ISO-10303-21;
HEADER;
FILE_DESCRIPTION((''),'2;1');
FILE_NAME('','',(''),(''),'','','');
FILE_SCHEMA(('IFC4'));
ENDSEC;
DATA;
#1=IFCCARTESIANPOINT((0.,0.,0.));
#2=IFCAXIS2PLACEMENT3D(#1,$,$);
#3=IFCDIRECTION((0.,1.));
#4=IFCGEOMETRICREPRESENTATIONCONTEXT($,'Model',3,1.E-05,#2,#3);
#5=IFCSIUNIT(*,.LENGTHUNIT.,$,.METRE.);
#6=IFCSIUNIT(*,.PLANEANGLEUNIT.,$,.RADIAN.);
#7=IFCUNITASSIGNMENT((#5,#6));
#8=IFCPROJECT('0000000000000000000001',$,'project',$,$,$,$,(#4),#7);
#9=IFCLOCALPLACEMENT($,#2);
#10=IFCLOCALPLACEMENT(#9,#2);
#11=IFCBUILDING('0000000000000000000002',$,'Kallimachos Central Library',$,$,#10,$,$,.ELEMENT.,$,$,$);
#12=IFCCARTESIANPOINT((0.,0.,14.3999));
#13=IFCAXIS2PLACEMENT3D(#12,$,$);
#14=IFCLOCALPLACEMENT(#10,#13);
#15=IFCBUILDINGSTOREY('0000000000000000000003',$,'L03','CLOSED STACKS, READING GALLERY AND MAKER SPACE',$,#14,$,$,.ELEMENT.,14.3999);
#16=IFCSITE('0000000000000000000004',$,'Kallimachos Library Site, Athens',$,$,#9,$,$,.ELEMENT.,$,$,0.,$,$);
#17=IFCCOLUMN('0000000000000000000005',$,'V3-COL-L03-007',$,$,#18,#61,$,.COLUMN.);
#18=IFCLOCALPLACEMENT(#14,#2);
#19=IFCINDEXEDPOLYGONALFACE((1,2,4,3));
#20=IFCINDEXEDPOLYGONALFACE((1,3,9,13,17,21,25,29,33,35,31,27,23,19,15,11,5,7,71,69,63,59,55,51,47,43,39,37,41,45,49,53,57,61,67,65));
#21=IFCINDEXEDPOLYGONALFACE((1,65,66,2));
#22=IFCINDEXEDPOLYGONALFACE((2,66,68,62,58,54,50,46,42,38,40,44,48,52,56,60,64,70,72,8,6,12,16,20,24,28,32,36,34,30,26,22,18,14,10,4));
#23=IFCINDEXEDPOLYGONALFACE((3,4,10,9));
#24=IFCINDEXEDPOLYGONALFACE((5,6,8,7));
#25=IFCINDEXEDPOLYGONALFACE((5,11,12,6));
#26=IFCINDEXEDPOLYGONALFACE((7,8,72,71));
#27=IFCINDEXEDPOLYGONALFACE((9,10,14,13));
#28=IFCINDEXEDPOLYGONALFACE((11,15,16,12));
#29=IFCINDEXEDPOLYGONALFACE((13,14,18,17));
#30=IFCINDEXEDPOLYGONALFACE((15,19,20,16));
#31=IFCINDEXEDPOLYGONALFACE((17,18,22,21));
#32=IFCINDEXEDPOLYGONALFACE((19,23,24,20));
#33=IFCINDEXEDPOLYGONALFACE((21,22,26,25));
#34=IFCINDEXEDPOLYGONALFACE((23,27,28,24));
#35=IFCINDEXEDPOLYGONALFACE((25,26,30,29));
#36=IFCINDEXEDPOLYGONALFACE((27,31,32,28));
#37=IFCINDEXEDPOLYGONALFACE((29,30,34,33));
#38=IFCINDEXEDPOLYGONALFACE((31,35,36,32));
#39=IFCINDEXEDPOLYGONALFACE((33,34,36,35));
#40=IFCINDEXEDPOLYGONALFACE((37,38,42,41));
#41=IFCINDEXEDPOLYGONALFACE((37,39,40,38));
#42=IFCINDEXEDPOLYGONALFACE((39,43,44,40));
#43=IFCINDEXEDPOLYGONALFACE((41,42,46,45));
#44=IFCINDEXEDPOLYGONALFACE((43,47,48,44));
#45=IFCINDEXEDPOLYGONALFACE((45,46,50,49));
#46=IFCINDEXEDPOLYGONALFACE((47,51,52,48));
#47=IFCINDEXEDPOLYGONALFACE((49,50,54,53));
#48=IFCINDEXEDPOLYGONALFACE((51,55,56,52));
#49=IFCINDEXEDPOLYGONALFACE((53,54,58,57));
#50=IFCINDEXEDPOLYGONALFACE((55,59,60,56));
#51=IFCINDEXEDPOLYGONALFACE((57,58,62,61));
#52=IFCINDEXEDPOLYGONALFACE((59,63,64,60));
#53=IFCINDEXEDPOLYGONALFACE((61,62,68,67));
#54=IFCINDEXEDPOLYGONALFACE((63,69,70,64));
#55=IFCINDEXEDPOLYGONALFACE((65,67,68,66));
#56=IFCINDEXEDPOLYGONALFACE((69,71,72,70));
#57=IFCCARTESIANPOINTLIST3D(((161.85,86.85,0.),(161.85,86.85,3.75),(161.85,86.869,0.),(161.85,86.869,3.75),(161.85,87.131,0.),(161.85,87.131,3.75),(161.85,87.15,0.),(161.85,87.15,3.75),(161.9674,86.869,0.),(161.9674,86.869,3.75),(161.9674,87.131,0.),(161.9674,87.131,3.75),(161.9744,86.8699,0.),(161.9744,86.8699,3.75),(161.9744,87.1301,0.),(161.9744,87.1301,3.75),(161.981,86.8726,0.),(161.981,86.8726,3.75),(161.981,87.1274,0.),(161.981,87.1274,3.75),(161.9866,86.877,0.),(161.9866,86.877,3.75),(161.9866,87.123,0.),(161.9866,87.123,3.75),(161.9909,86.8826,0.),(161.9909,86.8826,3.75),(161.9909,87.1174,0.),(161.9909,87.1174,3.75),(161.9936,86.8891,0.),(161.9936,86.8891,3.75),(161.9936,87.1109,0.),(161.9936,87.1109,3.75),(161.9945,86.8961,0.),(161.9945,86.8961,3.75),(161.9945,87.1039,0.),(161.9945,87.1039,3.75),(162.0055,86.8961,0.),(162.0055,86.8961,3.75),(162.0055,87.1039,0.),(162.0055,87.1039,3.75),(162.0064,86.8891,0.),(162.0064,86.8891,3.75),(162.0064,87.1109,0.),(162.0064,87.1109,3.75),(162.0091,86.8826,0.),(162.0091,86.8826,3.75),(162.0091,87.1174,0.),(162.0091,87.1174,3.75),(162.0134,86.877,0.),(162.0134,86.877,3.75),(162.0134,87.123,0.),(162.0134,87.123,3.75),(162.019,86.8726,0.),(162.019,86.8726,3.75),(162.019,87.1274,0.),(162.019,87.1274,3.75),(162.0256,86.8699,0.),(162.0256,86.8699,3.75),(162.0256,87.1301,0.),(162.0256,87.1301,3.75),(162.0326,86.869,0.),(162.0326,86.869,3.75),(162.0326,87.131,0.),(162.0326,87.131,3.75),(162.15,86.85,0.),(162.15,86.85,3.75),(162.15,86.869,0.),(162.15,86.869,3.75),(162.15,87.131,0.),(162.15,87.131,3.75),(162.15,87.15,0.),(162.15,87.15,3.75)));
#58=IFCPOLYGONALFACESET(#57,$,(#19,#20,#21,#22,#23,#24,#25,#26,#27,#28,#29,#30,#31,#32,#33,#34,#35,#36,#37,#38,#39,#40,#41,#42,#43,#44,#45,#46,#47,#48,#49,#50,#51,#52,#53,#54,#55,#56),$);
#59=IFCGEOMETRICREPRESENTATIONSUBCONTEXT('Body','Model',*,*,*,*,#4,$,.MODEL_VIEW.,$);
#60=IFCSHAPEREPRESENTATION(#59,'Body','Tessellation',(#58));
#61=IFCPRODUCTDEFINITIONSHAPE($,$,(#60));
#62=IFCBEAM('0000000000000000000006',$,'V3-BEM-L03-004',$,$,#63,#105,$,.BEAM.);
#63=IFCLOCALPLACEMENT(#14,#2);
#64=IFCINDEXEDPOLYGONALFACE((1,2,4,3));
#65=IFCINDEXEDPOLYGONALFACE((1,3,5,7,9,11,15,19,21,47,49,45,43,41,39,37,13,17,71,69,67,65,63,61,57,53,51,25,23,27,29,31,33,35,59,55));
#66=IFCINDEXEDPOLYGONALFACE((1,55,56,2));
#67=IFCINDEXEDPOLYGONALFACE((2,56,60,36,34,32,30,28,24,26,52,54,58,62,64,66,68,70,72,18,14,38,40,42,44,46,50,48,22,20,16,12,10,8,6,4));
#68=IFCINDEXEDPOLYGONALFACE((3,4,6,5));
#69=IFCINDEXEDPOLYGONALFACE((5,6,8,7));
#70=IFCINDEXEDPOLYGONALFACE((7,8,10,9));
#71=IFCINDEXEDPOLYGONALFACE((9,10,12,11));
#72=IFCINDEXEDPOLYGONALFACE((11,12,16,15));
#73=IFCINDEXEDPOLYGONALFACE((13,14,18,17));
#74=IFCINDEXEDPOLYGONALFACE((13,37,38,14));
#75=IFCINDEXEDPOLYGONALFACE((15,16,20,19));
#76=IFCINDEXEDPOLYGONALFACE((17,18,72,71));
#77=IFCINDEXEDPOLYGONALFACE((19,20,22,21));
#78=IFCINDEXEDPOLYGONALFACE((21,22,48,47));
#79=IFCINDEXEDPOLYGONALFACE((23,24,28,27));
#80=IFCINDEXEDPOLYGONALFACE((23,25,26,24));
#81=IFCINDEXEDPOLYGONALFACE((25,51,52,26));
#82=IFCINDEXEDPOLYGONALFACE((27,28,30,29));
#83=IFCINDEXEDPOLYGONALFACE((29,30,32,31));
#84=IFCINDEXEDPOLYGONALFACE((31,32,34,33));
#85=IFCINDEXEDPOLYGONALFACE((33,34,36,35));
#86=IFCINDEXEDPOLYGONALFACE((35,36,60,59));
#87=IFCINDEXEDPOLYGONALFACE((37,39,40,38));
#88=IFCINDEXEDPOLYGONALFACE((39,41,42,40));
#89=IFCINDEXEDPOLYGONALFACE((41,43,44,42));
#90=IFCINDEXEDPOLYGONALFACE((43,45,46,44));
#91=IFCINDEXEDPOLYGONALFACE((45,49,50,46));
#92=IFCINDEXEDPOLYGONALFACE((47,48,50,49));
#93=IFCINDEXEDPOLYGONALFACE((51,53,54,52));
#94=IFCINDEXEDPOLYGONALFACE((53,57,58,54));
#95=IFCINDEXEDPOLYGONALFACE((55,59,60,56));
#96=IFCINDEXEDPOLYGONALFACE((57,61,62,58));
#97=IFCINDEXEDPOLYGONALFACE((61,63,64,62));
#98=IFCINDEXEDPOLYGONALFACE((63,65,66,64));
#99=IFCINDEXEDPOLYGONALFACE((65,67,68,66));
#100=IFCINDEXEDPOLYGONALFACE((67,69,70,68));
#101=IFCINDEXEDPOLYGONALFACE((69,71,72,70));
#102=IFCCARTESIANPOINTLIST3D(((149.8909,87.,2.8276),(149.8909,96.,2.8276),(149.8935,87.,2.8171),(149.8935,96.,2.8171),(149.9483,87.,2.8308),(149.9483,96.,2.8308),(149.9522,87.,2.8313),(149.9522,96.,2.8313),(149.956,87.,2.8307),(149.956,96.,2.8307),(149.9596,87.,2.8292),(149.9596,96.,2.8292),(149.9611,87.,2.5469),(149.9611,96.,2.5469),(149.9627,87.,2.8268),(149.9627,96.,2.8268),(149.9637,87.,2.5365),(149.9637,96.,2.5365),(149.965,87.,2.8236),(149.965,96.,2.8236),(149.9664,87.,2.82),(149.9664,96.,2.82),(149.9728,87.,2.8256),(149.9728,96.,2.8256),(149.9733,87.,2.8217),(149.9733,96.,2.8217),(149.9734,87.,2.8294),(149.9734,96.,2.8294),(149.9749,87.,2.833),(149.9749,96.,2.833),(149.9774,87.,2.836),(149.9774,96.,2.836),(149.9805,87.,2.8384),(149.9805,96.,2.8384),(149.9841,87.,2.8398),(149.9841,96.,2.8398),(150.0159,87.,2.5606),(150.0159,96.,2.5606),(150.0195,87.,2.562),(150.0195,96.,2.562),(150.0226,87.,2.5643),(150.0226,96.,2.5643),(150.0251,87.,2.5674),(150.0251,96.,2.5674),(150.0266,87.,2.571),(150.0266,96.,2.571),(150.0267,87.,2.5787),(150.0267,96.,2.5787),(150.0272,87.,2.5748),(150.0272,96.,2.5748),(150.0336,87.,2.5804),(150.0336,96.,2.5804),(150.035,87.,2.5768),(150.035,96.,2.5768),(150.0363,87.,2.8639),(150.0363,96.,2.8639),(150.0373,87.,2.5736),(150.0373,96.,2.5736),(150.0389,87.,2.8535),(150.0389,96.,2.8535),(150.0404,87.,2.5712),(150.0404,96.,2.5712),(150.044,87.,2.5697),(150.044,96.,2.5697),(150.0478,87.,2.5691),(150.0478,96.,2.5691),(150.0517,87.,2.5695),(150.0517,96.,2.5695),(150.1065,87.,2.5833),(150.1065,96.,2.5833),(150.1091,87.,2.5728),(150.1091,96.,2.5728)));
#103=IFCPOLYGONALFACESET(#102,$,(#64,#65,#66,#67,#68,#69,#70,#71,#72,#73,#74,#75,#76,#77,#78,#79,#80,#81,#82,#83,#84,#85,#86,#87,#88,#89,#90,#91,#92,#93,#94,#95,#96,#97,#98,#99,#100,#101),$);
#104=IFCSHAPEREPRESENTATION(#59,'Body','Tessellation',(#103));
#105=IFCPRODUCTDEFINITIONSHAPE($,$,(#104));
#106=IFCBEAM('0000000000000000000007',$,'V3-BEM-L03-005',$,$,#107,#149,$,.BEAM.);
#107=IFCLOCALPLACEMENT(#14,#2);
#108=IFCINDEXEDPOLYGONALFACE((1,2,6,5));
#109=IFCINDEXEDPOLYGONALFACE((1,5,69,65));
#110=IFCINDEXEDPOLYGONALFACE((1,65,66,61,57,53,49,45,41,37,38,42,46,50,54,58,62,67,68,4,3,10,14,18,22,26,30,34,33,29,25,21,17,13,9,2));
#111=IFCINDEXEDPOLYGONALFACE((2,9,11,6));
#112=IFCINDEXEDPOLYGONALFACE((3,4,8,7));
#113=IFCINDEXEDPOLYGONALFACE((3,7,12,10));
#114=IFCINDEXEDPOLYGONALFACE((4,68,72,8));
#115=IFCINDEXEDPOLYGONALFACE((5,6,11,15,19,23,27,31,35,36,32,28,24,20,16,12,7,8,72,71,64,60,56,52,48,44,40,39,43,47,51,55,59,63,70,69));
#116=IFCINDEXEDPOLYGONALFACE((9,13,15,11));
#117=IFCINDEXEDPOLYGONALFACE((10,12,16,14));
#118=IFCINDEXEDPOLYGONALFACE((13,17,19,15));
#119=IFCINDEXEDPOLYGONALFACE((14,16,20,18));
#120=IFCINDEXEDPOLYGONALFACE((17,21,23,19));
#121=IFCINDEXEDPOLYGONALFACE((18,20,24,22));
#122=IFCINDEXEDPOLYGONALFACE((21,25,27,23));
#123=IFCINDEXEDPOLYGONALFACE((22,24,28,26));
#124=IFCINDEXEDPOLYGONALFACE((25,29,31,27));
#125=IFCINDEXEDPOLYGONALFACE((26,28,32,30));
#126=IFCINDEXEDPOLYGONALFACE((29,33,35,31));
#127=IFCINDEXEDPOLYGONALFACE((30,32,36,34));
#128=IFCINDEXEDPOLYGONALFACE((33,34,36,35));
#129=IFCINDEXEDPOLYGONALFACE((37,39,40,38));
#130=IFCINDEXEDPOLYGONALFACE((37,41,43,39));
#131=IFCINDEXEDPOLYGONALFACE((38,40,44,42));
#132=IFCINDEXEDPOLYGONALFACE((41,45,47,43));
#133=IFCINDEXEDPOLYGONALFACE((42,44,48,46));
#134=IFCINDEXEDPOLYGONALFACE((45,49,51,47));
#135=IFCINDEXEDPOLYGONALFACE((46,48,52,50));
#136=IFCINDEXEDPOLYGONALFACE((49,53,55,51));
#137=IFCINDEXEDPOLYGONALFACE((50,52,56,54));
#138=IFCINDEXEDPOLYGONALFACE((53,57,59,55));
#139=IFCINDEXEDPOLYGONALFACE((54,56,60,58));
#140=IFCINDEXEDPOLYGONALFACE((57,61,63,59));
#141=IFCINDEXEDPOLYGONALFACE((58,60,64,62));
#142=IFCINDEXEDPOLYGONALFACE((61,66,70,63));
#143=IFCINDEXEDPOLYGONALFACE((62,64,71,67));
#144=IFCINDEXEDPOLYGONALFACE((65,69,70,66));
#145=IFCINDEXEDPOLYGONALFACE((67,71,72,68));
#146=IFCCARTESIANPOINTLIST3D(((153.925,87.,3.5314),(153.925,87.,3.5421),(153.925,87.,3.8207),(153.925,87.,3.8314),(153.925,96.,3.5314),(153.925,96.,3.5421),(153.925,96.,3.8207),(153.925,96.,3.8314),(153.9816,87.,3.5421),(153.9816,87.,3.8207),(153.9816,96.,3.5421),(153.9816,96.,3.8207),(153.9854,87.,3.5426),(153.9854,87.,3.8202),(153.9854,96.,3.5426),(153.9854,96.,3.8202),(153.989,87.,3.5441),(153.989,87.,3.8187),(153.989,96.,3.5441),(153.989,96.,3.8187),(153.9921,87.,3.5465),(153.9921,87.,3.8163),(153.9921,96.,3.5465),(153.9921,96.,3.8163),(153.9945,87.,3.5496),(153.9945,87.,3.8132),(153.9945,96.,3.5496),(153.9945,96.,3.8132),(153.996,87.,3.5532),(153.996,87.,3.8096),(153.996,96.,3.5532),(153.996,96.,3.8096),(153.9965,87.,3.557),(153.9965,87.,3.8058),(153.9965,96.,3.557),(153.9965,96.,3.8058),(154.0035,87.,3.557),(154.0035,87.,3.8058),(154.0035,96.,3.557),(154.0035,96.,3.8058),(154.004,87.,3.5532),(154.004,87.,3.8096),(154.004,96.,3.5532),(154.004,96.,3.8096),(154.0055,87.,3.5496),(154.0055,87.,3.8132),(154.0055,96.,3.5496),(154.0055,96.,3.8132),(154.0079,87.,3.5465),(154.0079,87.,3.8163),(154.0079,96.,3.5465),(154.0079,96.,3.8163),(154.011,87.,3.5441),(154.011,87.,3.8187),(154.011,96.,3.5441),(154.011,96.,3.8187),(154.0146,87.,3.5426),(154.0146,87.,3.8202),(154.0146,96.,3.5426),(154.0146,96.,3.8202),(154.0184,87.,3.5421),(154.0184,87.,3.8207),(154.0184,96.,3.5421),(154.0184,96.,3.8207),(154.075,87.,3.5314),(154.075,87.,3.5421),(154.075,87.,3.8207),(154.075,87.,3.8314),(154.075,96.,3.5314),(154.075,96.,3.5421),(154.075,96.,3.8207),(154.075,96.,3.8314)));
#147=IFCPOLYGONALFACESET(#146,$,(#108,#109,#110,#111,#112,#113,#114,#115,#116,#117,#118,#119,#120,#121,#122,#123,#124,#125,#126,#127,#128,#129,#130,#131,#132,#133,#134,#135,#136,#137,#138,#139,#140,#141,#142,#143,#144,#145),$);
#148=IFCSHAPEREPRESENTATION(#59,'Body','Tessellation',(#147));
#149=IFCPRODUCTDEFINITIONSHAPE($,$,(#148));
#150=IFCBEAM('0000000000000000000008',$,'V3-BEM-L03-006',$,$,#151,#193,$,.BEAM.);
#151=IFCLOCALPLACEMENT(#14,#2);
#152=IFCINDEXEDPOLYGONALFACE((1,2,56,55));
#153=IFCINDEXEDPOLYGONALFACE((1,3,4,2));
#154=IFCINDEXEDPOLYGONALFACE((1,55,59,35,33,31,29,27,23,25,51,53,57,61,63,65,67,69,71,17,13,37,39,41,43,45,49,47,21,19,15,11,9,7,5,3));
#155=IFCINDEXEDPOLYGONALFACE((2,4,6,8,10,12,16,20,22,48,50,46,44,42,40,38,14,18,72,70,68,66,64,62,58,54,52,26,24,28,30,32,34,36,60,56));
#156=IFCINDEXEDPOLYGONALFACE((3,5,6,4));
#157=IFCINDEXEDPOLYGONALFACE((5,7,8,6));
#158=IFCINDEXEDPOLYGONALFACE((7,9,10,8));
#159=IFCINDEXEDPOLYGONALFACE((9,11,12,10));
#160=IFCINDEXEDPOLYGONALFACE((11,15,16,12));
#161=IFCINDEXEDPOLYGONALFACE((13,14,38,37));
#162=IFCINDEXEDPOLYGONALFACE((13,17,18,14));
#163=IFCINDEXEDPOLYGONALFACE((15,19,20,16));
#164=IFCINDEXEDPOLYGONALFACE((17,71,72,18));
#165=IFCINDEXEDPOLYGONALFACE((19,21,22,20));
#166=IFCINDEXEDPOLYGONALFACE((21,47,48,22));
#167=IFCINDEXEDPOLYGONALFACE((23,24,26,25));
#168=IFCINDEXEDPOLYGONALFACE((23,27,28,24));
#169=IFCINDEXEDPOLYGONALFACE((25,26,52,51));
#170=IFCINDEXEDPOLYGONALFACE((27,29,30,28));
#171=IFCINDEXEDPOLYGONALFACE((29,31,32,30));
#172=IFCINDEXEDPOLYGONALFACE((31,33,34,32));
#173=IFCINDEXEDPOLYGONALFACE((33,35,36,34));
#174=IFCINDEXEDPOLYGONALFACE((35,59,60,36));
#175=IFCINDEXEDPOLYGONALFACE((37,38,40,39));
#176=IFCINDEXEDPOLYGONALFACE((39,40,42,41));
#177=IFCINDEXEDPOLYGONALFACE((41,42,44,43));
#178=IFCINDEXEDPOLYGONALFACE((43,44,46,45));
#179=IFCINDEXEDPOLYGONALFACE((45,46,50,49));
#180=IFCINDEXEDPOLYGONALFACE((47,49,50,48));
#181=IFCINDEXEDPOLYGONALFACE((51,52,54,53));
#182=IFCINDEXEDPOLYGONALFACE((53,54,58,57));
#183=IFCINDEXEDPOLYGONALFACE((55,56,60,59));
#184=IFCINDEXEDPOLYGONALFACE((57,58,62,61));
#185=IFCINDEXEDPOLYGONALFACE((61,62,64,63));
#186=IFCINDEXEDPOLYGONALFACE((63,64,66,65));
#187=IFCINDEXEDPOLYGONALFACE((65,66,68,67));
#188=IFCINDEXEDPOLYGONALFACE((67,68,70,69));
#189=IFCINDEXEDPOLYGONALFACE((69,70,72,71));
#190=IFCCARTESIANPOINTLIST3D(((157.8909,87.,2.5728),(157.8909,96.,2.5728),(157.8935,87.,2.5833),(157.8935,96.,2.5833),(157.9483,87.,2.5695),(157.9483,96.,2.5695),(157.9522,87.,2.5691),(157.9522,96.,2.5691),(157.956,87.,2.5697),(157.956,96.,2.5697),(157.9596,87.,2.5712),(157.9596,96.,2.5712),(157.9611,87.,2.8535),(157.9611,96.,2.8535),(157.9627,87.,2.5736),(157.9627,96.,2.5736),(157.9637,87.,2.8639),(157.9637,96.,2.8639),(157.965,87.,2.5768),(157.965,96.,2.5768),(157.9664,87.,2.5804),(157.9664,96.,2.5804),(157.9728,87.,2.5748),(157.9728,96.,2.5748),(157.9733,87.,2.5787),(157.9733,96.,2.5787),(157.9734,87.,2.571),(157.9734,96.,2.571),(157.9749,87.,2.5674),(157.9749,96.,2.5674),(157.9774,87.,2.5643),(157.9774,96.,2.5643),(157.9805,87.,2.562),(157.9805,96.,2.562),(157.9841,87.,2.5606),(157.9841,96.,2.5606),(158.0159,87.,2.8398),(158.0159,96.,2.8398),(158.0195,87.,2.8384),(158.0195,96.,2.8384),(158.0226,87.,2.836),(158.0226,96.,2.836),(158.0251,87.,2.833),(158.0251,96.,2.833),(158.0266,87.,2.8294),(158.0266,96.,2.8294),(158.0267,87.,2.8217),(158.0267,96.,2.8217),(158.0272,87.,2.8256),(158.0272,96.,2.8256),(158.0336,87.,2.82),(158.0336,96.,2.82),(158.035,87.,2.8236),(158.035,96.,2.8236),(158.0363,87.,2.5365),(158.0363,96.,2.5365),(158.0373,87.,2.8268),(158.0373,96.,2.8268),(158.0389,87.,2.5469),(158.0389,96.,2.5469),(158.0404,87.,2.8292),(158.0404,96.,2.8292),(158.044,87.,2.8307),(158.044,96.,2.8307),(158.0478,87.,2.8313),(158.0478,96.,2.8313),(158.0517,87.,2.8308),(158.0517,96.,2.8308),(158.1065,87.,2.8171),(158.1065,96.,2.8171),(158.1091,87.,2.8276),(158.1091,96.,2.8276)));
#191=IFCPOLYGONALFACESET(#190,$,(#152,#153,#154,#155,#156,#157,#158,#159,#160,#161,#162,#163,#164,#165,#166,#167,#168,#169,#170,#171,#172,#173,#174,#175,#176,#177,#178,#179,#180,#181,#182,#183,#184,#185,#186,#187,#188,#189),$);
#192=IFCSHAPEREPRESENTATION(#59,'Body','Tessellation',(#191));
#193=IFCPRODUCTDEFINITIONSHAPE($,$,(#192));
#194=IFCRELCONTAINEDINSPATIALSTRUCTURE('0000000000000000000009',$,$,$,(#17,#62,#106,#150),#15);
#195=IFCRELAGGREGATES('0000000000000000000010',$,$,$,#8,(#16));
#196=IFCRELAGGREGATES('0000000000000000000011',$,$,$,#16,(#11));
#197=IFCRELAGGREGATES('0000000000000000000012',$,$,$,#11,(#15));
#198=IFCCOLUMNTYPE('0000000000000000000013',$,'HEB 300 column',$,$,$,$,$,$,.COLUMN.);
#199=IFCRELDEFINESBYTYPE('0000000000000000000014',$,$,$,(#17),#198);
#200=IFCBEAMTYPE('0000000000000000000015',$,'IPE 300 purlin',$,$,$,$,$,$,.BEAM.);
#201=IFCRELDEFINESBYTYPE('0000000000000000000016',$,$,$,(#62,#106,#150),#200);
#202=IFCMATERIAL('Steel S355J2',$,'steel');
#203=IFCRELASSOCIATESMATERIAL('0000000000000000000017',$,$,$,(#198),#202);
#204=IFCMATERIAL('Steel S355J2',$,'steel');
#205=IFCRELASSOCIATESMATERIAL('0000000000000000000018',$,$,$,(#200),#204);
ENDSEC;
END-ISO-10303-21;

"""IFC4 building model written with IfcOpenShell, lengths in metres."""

from ifc_helpers import new_model, si_unit, direction, frame, origin, origin_2d, place, context, subcontext, project, spatial, i_section, extrude, material, material_profile, profile_set, type_object, element, save


model = new_model("IFC4")

# Units and contexts
model_context = context("Model", 3, precision=1e-05, world=origin(), true_north=direction((0.0, 1.0)))
body_context = subcontext(model_context, "Body", "Model", "MODEL_VIEW")
ifc_project = project(units=[si_unit("LENGTHUNIT", "METRE"), si_unit("PLANEANGLEUNIT", "RADIAN")], contexts=[model_context])

# Site, building, storey
site_placement = place(None, origin())
site = spatial("IfcSite", under=ifc_project, at=site_placement, Name="Kallimachos Library Site, Athens", CompositionType="ELEMENT", RefElevation=0.0)
building_placement = place(site_placement, origin())
building = spatial("IfcBuilding", under=site, at=building_placement, Name="Kallimachos Central Library", CompositionType="ELEMENT")
storey_placement = place(building_placement, frame((0.0, 0.0, 14.3999)))
storey = spatial("IfcBuildingStorey", under=building, at=storey_placement, Name="L03", Description="CLOSED STACKS, READING GALLERY AND MAKER SPACE", CompositionType="ELEMENT", Elevation=14.3999)

# Column
ifc_material_1 = material(Name="Steel S355J2", Category="steel")
ifc_material_profile_1 = material_profile(ifc_material_1, i_section(OverallWidth=0.3, OverallDepth=0.3, WebThickness=0.011, FlangeThickness=0.019, FilletRadius=0.0271, at=origin_2d()), Name="HEB 300")
ifc_profile_set_1 = profile_set([ifc_material_profile_1], Name="Steel S355J2")
column_type = type_object("IfcColumnType", Name="HEB 300 column", PredefinedType="COLUMN", material=ifc_profile_set_1)
column_placement = place(storey_placement, frame((162.0, 87.0, 0.0), z_axis=(0.0, 0.0, 1.0), x_axis=(1.0, 0.0, 0.0)))
element("IfcColumn", 1, at=column_placement, inside=storey, type_object=column_type, Name="V3-COL-L03-007", PredefinedType="COLUMN", context=body_context, shape_type="SweptSolid", body=[
    extrude(i_section(OverallWidth=0.3, OverallDepth=0.3, WebThickness=0.011, FlangeThickness=0.019, FilletRadius=0.0271, at=origin_2d()), origin(), (0.0, 0.0, 1.0), 3.75),
])

# Beams
ifc_material_2 = material(Name="Steel S355J2", Category="steel")
ifc_material_profile_2 = material_profile(ifc_material_2, i_section(OverallWidth=0.1499, OverallDepth=0.3, WebThickness=0.0071, FlangeThickness=0.0107, FilletRadius=0.0149, at=origin_2d()), Name="IPE 300")
ifc_profile_set_2 = profile_set([ifc_material_profile_2], Name="Steel S355J2")
beam_type = type_object("IfcBeamType", Name="IPE 300 purlin", PredefinedType="BEAM", material=ifc_profile_set_2)
for number, where, z_axis, x_axis, name in (
    (2, (150.0, 87.0, 2.7002), (0.0, 1.0, 0.0), (-0.970143, 0.0, -0.242536), "V3-BEM-L03-004"),
    (3, (154.0, 87.0, 3.6814), (0.0, 1.0, 0.0), (-1.0, 0.0, 0.0), "V3-BEM-L03-005"),
    (4, (158.0, 87.0, 2.7002), (0.0, 1.0, 0.0), (-0.970143, 0.0, 0.242536), "V3-BEM-L03-006"),
):
    element("IfcBeam", number, at=place(storey_placement, frame(where, z_axis=z_axis, x_axis=x_axis)), inside=storey, type_object=beam_type, Name=name, PredefinedType="BEAM", context=body_context, shape_type="SweptSolid", body=[
        extrude(i_section(OverallWidth=0.1499, OverallDepth=0.3, WebThickness=0.0071, FlangeThickness=0.0107, FilletRadius=0.0149, at=origin_2d()), origin(), (0.0, 0.0, 1.0), 9.0),
    ])

save(model, "model.ifc")
